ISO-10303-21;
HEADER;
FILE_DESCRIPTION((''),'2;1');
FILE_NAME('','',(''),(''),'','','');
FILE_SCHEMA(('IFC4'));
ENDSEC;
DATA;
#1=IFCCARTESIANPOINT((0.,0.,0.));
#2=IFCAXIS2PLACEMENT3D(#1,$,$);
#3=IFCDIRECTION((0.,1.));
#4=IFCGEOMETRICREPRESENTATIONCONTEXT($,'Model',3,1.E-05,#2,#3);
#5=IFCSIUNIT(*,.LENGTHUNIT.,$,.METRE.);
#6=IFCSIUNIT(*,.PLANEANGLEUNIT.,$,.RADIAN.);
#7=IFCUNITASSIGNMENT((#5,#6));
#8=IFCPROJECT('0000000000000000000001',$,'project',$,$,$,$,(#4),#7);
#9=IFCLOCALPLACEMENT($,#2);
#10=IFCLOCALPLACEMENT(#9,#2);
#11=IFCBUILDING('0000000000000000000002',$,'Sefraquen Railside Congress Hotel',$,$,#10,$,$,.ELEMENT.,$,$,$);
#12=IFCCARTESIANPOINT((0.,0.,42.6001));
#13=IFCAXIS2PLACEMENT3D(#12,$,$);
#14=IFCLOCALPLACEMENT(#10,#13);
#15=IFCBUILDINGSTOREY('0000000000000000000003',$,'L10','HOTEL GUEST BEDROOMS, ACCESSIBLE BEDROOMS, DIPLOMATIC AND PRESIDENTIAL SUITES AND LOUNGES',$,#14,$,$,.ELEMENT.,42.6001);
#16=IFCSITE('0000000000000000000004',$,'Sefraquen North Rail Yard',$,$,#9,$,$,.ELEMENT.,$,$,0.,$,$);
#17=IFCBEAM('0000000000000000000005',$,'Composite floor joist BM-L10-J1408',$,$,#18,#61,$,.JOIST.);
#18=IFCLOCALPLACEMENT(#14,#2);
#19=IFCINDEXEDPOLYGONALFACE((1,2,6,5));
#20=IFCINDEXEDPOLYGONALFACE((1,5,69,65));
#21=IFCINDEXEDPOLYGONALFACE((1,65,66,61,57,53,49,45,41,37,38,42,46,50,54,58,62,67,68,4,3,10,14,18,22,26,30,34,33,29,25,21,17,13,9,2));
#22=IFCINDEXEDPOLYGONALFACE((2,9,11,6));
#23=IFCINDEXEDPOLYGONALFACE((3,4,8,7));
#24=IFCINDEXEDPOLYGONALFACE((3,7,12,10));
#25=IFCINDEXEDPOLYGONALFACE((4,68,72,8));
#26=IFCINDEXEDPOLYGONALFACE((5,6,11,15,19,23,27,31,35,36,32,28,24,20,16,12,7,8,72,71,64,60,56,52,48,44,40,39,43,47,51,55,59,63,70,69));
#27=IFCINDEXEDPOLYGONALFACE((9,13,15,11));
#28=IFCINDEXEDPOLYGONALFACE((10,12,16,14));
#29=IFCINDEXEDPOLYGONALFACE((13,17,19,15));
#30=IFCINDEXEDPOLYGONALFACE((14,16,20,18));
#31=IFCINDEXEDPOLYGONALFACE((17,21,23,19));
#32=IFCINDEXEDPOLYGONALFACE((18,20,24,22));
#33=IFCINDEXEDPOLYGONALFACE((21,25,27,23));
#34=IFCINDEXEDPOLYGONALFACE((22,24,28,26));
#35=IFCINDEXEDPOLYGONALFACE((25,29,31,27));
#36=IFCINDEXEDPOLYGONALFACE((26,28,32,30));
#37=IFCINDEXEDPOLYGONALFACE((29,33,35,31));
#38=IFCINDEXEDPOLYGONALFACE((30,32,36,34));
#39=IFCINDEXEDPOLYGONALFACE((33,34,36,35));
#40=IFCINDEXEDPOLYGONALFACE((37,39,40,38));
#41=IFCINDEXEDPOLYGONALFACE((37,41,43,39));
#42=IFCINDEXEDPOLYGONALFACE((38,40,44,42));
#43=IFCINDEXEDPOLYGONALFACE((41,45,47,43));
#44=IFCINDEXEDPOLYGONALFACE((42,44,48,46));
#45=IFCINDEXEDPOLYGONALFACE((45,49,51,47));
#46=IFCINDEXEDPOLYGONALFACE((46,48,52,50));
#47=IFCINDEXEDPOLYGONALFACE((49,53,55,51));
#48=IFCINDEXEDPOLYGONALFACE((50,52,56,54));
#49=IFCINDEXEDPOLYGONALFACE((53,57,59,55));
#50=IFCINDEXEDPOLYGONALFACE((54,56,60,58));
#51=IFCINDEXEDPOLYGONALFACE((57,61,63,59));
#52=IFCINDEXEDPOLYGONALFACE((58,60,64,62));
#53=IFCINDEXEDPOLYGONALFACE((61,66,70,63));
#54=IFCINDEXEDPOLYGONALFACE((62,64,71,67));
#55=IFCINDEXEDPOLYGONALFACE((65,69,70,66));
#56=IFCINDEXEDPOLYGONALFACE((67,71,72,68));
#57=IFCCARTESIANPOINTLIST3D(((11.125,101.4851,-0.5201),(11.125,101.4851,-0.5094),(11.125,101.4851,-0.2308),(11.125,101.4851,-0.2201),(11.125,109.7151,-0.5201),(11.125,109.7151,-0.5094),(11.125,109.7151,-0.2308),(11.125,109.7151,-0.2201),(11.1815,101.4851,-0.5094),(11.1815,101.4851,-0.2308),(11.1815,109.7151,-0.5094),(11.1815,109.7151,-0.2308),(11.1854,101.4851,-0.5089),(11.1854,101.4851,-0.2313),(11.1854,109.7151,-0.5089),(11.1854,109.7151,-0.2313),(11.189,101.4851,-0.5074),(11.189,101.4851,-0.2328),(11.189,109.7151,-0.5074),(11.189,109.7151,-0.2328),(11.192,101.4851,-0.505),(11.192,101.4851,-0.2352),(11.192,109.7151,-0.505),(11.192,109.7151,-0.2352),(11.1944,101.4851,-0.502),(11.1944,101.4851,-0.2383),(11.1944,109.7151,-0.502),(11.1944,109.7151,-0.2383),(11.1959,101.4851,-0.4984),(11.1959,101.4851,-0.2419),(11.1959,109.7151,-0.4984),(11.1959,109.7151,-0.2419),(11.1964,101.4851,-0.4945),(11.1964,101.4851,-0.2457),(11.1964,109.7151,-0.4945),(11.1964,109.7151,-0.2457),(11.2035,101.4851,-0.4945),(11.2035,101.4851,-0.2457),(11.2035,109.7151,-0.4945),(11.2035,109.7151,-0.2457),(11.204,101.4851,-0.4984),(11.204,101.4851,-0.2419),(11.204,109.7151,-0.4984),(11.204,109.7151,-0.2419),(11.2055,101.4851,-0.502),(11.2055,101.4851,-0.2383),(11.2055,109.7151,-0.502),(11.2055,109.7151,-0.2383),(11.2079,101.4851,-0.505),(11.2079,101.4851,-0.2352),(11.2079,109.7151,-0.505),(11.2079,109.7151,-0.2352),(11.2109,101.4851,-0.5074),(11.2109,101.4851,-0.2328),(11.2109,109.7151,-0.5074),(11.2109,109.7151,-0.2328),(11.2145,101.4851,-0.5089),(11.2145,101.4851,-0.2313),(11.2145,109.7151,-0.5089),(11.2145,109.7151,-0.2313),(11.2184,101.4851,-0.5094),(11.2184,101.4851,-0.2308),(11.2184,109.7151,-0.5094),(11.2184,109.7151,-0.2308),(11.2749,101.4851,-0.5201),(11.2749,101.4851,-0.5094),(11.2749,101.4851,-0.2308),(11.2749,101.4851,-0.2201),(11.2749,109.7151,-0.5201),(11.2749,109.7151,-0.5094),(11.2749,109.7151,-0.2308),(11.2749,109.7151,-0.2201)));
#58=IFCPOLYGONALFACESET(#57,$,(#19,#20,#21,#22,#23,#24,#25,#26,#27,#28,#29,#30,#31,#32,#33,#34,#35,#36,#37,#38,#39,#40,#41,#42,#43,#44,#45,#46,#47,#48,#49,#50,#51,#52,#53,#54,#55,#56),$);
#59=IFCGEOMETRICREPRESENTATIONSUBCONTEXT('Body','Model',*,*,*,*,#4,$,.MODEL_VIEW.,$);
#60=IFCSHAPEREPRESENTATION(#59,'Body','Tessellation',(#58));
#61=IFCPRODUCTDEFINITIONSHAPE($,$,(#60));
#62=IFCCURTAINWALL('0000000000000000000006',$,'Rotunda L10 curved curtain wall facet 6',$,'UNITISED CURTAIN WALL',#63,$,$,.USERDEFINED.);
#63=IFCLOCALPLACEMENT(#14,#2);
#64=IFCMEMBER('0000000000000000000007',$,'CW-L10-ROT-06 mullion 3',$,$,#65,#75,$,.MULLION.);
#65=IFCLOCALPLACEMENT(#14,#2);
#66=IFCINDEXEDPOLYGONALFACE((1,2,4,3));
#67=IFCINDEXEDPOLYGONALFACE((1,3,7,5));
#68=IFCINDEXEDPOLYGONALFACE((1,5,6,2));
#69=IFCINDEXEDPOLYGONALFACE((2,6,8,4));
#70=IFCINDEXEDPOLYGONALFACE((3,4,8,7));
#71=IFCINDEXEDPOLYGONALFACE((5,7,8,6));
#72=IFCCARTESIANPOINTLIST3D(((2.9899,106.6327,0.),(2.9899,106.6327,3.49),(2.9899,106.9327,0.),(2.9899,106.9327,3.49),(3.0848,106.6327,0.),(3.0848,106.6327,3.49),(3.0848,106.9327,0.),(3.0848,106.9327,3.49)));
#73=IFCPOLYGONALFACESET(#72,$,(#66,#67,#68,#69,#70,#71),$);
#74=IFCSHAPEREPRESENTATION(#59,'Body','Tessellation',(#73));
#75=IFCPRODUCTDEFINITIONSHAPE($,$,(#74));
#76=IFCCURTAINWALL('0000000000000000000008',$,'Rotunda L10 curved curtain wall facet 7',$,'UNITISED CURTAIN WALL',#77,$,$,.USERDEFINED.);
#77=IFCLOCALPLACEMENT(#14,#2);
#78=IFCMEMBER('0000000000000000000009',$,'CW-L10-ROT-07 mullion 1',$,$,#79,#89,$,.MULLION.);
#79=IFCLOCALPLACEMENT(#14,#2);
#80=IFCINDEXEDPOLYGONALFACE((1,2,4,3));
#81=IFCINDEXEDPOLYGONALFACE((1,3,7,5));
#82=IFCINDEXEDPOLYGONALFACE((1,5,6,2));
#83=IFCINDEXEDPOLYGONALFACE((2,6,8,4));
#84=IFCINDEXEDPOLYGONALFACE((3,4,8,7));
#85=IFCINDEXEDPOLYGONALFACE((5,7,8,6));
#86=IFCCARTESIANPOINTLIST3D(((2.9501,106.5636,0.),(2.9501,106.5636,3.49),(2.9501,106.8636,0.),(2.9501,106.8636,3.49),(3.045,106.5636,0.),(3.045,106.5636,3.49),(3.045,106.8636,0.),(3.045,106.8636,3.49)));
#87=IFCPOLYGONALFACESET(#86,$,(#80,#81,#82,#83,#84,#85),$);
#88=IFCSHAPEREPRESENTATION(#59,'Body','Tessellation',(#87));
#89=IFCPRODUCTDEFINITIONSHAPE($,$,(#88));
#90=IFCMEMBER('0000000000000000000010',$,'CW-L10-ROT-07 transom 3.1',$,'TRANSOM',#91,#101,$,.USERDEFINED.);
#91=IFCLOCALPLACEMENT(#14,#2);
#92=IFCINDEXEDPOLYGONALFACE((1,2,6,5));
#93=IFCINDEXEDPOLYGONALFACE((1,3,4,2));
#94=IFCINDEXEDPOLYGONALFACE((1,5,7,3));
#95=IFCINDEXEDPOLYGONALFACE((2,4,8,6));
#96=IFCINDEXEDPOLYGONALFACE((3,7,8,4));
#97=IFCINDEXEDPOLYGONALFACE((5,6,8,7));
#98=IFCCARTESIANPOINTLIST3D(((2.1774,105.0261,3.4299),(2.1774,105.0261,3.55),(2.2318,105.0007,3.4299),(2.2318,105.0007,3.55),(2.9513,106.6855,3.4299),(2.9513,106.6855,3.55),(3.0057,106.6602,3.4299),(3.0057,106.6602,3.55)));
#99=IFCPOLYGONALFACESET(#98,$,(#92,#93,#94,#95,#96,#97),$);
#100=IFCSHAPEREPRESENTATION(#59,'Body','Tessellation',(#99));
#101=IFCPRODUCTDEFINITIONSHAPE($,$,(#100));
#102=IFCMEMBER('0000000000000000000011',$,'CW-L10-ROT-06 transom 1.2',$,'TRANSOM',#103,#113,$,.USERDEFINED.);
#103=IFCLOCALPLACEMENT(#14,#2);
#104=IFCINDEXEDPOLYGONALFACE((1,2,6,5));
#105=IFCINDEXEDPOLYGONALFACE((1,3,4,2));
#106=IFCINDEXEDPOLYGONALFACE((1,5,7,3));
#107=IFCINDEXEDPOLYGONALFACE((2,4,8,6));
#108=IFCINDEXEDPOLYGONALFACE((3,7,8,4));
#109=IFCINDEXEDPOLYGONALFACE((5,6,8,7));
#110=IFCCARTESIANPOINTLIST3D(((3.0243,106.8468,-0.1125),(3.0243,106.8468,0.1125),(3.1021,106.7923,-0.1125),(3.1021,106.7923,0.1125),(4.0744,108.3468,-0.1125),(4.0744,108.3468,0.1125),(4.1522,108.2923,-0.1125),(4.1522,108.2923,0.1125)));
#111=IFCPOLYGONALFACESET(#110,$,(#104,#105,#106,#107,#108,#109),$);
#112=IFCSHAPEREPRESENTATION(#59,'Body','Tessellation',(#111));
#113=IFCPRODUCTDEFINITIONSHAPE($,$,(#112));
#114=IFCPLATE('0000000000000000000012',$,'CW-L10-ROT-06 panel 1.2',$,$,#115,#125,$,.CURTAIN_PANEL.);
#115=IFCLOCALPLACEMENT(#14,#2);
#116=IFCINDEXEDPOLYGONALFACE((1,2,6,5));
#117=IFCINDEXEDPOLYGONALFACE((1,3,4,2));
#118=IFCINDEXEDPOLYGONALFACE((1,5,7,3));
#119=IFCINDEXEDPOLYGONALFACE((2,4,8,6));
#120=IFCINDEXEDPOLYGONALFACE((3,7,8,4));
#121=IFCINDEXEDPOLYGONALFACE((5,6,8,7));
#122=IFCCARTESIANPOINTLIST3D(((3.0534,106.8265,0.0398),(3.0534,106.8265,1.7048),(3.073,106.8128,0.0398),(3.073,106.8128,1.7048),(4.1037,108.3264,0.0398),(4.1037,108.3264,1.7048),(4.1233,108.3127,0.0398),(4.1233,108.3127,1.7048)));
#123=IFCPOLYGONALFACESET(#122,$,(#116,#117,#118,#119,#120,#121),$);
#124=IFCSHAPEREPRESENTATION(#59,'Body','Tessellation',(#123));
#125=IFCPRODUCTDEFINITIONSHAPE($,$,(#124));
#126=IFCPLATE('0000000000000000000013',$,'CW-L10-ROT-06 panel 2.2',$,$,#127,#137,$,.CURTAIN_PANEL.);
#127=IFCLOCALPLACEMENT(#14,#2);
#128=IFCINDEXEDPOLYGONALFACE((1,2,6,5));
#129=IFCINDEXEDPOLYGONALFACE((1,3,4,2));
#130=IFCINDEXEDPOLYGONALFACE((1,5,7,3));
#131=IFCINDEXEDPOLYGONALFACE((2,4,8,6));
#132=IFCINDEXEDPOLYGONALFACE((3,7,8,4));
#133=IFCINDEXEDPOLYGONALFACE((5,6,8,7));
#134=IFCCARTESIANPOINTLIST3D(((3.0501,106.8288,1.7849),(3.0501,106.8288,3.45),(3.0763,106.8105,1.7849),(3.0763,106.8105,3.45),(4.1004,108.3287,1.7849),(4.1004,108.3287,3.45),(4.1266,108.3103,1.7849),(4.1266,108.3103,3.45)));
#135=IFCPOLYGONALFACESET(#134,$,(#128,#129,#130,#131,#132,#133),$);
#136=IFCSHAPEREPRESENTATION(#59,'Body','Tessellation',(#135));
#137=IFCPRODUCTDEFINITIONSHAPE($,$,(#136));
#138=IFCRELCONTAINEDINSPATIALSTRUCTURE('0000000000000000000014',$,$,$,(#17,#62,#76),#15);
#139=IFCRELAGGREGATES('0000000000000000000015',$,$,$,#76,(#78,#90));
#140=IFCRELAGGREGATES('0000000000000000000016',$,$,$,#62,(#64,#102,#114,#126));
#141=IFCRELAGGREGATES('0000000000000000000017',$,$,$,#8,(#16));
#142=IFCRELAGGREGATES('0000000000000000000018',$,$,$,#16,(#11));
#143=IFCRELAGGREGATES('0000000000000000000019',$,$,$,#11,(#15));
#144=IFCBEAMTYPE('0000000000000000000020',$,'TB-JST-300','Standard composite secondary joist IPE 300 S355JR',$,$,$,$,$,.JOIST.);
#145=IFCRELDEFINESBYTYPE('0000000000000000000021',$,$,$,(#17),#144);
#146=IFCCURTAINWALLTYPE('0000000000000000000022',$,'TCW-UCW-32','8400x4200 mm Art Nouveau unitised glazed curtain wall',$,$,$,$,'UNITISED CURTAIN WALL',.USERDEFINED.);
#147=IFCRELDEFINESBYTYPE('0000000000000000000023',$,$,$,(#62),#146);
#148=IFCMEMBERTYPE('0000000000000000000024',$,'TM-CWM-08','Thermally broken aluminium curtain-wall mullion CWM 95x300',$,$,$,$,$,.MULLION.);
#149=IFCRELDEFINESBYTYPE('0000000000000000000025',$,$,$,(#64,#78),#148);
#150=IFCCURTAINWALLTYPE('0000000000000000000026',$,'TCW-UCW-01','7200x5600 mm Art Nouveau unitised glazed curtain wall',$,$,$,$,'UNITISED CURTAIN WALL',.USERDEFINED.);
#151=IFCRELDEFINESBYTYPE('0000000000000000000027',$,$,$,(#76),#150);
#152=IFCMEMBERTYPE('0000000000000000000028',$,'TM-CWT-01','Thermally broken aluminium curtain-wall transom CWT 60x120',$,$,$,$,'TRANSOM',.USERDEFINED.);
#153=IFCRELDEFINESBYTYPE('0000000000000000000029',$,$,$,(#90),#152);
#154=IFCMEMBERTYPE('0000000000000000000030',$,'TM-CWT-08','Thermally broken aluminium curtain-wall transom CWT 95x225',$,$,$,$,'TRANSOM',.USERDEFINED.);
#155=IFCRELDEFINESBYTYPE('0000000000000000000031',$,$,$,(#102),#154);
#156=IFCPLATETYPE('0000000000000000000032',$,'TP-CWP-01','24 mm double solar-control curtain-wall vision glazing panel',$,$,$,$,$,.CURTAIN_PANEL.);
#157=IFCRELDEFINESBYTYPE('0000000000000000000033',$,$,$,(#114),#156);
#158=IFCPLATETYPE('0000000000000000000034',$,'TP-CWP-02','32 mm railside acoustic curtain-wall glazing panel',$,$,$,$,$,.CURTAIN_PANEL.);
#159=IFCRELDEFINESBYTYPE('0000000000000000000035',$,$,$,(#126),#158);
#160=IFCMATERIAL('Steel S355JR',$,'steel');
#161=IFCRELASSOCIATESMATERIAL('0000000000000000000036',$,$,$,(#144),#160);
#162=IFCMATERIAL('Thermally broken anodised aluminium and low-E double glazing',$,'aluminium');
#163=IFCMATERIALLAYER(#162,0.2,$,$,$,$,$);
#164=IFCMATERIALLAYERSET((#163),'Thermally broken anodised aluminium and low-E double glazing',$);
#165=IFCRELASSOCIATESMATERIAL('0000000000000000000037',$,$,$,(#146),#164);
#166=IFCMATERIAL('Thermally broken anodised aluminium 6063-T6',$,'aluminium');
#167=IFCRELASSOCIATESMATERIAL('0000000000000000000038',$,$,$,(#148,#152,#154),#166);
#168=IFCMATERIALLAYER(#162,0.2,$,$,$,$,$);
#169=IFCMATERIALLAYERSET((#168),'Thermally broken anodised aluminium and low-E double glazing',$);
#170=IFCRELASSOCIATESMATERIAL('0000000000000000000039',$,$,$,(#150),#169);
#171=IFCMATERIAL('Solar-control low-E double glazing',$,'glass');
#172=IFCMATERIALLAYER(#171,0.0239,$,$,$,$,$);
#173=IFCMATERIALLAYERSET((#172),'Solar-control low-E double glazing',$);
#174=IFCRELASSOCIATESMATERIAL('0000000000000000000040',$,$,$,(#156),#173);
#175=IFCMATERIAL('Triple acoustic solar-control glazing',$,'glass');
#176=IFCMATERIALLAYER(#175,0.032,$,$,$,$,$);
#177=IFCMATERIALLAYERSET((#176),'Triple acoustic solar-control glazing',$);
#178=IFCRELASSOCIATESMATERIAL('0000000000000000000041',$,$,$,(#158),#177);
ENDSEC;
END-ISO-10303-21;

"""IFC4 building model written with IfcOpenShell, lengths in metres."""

from ifc_helpers import new_model, si_unit, direction, frame, origin, origin_2d, place, context, subcontext, project, spatial, rectangle, i_section, extrude, material, layer, layer_set, material_profile, profile_set, type_object, element, aggregate, save


model = new_model("IFC4")

# Units and contexts
model_context = context("Model", 3, precision=1e-05, world=origin(), true_north=direction((0.0, 1.0)))
body_context = subcontext(model_context, "Body", "Model", "MODEL_VIEW")
ifc_project = project(units=[si_unit("LENGTHUNIT", "METRE"), si_unit("PLANEANGLEUNIT", "RADIAN")], contexts=[model_context])

# Site, building, storey
site_placement = place(None, origin())
site = spatial("IfcSite", under=ifc_project, at=site_placement, Name="Sefraquen North Rail Yard", CompositionType="ELEMENT", RefElevation=0.0)
building_placement = place(site_placement, origin())
building = spatial("IfcBuilding", under=site, at=building_placement, Name="Sefraquen Railside Congress Hotel", CompositionType="ELEMENT")
storey_placement = place(building_placement, frame((0.0, 0.0, 42.6001)))
storey = spatial("IfcBuildingStorey", under=building, at=storey_placement, Name="L10", Description="HOTEL GUEST BEDROOMS, ACCESSIBLE BEDROOMS, DIPLOMATIC AND PRESIDENTIAL SUITES AND LOUNGES", CompositionType="ELEMENT", Elevation=42.6001)

# Beam
ifc_material_1 = material(Name="Steel S355JR", Category="steel")
ifc_material_profile_1 = material_profile(ifc_material_1, i_section(OverallWidth=0.1499, OverallDepth=0.3, WebThickness=0.0071, FlangeThickness=0.0107, FilletRadius=0.0149, at=origin_2d()), Name="IPE 300")
ifc_profile_set_1 = profile_set([ifc_material_profile_1], Name="Steel S355JR")
beam_type = type_object("IfcBeamType", Name="TB-JST-300", Description="Standard composite secondary joist IPE 300 S355JR", PredefinedType="JOIST", material=ifc_profile_set_1)
beam_placement = place(storey_placement, frame((11.2, 101.4851, -0.3701), z_axis=(0.0, 1.0, 0.0), x_axis=(-1.0, 0.0, 0.0)))
element("IfcBeam", 1, at=beam_placement, inside=storey, type_object=beam_type, Name="Composite floor joist BM-L10-J1408", PredefinedType="JOIST", context=body_context, shape_type="SweptSolid", body=[
    extrude(i_section(OverallWidth=0.1499, OverallDepth=0.3, WebThickness=0.0071, FlangeThickness=0.0107, FilletRadius=0.0149, at=origin_2d()), origin(), (0.0, 0.0, 1.0), 8.23),
])

# Curtain wall, member
ifc_material_2 = material(Name="Thermally broken anodised aluminium and low-E double glazing", Category="aluminium")
ifc_layer_1 = layer(ifc_material_2, 0.2)
ifc_layer_set_1 = layer_set([ifc_layer_1], Name="Thermally broken anodised aluminium and low-E double glazing")
curtain_wall_type_1 = type_object("IfcCurtainWallType", Name="TCW-UCW-32", Description="8400x4200 mm Art Nouveau unitised glazed curtain wall", ElementType="UNITISED CURTAIN WALL", PredefinedType="USERDEFINED", material=ifc_layer_set_1)
curtain_wall_1_placement = place(storey_placement, origin())
curtain_wall_1 = element("IfcCurtainWall", 2, at=curtain_wall_1_placement, inside=storey, type_object=curtain_wall_type_1, Name="Rotunda L10 curved curtain wall facet 6", ObjectType="UNITISED CURTAIN WALL", PredefinedType="USERDEFINED")
ifc_material_3 = material(Name="Thermally broken anodised aluminium 6063-T6", Category="aluminium")
ifc_material_profile_2 = material_profile(ifc_material_3, rectangle(XDim=0.095, YDim=0.3, at=origin_2d()), Name="CWM 95x300")
ifc_profile_set_2 = profile_set([ifc_material_profile_2], Name="Thermally broken anodised aluminium 6063-T6")
member_type_1 = type_object("IfcMemberType", Name="TM-CWM-08", Description="Thermally broken aluminium curtain-wall mullion CWM 95x300", PredefinedType="MULLION", material=ifc_profile_set_2)
member_1_placement = place(storey_placement, frame((3.0374, 106.7827, 0.0), z_axis=(0.0, 0.0, 1.0), x_axis=(1.0, 0.0, 0.0)))
member_1 = element("IfcMember", 3, at=member_1_placement, type_object=member_type_1, Name="CW-L10-ROT-06 mullion 3", PredefinedType="MULLION", context=body_context, shape_type="SweptSolid", body=[
    extrude(rectangle(XDim=0.095, YDim=0.3, at=origin_2d()), origin(), (0.0, 0.0, 1.0), 3.49),
])

# Curtain wall, members
ifc_layer_2 = layer(ifc_material_2, 0.2)
ifc_layer_set_2 = layer_set([ifc_layer_2], Name="Thermally broken anodised aluminium and low-E double glazing")
curtain_wall_type_2 = type_object("IfcCurtainWallType", Name="TCW-UCW-01", Description="7200x5600 mm Art Nouveau unitised glazed curtain wall", ElementType="UNITISED CURTAIN WALL", PredefinedType="USERDEFINED", material=ifc_layer_set_2)
curtain_wall_2_placement = place(storey_placement, origin())
curtain_wall_2 = element("IfcCurtainWall", 4, at=curtain_wall_2_placement, inside=storey, type_object=curtain_wall_type_2, Name="Rotunda L10 curved curtain wall facet 7", ObjectType="UNITISED CURTAIN WALL", PredefinedType="USERDEFINED")
member_2_placement = place(storey_placement, frame((2.9976, 106.7136, 0.0), z_axis=(0.0, 0.0, 1.0), x_axis=(1.0, 0.0, 0.0)))
member_2 = element("IfcMember", 5, at=member_2_placement, type_object=member_type_1, Name="CW-L10-ROT-07 mullion 1", PredefinedType="MULLION", context=body_context, shape_type="SweptSolid", body=[
    extrude(rectangle(XDim=0.095, YDim=0.3, at=origin_2d()), origin(), (0.0, 0.0, 1.0), 3.49),
])
ifc_material_profile_3 = material_profile(ifc_material_3, rectangle(XDim=0.0601, YDim=0.1201, at=origin_2d()), Name="CWT 60x120")
ifc_profile_set_3 = profile_set([ifc_material_profile_3], Name="Thermally broken anodised aluminium 6063-T6")
member_type_2 = type_object("IfcMemberType", Name="TM-CWT-01", Description="Thermally broken aluminium curtain-wall transom CWT 60x120", ElementType="TRANSOM", PredefinedType="USERDEFINED", material=ifc_profile_set_3)
member_3_placement = place(storey_placement, frame((2.9785, 106.6729, 3.49), z_axis=(-0.422674, -0.906282, 0.0), x_axis=(0.906282, -0.422674, 0.0)))
member_3 = element("IfcMember", 6, at=member_3_placement, type_object=member_type_2, Name="CW-L10-ROT-07 transom 3.1", ObjectType="TRANSOM", PredefinedType="USERDEFINED", context=body_context, shape_type="SweptSolid", body=[
    extrude(rectangle(XDim=0.0601, YDim=0.1201, at=origin_2d()), origin(), (0.0, 0.0, 1.0), 1.8311),
])
aggregate(curtain_wall_2, [member_2, member_3])

# Member
ifc_material_profile_4 = material_profile(ifc_material_3, rectangle(XDim=0.095, YDim=0.2251, at=origin_2d()), Name="CWT 95x225")
ifc_profile_set_4 = profile_set([ifc_material_profile_4], Name="Thermally broken anodised aluminium 6063-T6")
member_type_3 = type_object("IfcMemberType", Name="TM-CWT-08", Description="Thermally broken aluminium curtain-wall transom CWT 95x225", ElementType="TRANSOM", PredefinedType="USERDEFINED", material=ifc_profile_set_4)
member_4_placement = place(storey_placement, frame((4.1133, 108.3196, 0.0), z_axis=(-0.57348, -0.819219, 0.0), x_axis=(0.819219, -0.57348, 0.0)))
member_4 = element("IfcMember", 7, at=member_4_placement, type_object=member_type_3, Name="CW-L10-ROT-06 transom 1.2", ObjectType="TRANSOM", PredefinedType="USERDEFINED", context=body_context, shape_type="SweptSolid", body=[
    extrude(rectangle(XDim=0.095, YDim=0.2251, at=origin_2d()), origin(), (0.0, 0.0, 1.0), 1.8311),
])

# Plates
ifc_material_4 = material(Name="Solar-control low-E double glazing", Category="glass")
ifc_layer_3 = layer(ifc_material_4, 0.0239)
ifc_layer_set_3 = layer_set([ifc_layer_3], Name="Solar-control low-E double glazing")
plate_type_1 = type_object("IfcPlateType", Name="TP-CWP-01", Description="24 mm double solar-control curtain-wall vision glazing panel", PredefinedType="CURTAIN_PANEL", material=ifc_layer_set_3)
plate_1_placement = place(storey_placement, frame((3.5884, 107.5696, 0.0398), z_axis=(0.0, 0.0, 1.0), x_axis=(-0.573605, -0.819132, 0.0)))
plate_1 = element("IfcPlate", 8, at=plate_1_placement, type_object=plate_type_1, Name="CW-L10-ROT-06 panel 1.2", PredefinedType="CURTAIN_PANEL", context=body_context, shape_type="SweptSolid", body=[
    extrude(rectangle(XDim=1.8311, YDim=0.0239, at=origin_2d()), origin(), (0.0, 0.0, 1.0), 1.665),
])
ifc_material_5 = material(Name="Triple acoustic solar-control glazing", Category="glass")
ifc_layer_4 = layer(ifc_material_5, 0.032)
ifc_layer_set_4 = layer_set([ifc_layer_4], Name="Triple acoustic solar-control glazing")
plate_type_2 = type_object("IfcPlateType", Name="TP-CWP-02", Description="32 mm railside acoustic curtain-wall glazing panel", PredefinedType="CURTAIN_PANEL", material=ifc_layer_set_4)
plate_2_placement = place(storey_placement, frame((3.5884, 107.5696, 1.7849), z_axis=(0.0, 0.0, 1.0), x_axis=(-0.573605, -0.819132, 0.0)))
plate_2 = element("IfcPlate", 9, at=plate_2_placement, type_object=plate_type_2, Name="CW-L10-ROT-06 panel 2.2", PredefinedType="CURTAIN_PANEL", context=body_context, shape_type="SweptSolid", body=[
    extrude(rectangle(XDim=1.8311, YDim=0.032, at=origin_2d()), origin(), (0.0, 0.0, 1.0), 1.665),
])
aggregate(curtain_wall_1, [member_1, member_4, plate_1, plate_2])

save(model, "model.ifc")
